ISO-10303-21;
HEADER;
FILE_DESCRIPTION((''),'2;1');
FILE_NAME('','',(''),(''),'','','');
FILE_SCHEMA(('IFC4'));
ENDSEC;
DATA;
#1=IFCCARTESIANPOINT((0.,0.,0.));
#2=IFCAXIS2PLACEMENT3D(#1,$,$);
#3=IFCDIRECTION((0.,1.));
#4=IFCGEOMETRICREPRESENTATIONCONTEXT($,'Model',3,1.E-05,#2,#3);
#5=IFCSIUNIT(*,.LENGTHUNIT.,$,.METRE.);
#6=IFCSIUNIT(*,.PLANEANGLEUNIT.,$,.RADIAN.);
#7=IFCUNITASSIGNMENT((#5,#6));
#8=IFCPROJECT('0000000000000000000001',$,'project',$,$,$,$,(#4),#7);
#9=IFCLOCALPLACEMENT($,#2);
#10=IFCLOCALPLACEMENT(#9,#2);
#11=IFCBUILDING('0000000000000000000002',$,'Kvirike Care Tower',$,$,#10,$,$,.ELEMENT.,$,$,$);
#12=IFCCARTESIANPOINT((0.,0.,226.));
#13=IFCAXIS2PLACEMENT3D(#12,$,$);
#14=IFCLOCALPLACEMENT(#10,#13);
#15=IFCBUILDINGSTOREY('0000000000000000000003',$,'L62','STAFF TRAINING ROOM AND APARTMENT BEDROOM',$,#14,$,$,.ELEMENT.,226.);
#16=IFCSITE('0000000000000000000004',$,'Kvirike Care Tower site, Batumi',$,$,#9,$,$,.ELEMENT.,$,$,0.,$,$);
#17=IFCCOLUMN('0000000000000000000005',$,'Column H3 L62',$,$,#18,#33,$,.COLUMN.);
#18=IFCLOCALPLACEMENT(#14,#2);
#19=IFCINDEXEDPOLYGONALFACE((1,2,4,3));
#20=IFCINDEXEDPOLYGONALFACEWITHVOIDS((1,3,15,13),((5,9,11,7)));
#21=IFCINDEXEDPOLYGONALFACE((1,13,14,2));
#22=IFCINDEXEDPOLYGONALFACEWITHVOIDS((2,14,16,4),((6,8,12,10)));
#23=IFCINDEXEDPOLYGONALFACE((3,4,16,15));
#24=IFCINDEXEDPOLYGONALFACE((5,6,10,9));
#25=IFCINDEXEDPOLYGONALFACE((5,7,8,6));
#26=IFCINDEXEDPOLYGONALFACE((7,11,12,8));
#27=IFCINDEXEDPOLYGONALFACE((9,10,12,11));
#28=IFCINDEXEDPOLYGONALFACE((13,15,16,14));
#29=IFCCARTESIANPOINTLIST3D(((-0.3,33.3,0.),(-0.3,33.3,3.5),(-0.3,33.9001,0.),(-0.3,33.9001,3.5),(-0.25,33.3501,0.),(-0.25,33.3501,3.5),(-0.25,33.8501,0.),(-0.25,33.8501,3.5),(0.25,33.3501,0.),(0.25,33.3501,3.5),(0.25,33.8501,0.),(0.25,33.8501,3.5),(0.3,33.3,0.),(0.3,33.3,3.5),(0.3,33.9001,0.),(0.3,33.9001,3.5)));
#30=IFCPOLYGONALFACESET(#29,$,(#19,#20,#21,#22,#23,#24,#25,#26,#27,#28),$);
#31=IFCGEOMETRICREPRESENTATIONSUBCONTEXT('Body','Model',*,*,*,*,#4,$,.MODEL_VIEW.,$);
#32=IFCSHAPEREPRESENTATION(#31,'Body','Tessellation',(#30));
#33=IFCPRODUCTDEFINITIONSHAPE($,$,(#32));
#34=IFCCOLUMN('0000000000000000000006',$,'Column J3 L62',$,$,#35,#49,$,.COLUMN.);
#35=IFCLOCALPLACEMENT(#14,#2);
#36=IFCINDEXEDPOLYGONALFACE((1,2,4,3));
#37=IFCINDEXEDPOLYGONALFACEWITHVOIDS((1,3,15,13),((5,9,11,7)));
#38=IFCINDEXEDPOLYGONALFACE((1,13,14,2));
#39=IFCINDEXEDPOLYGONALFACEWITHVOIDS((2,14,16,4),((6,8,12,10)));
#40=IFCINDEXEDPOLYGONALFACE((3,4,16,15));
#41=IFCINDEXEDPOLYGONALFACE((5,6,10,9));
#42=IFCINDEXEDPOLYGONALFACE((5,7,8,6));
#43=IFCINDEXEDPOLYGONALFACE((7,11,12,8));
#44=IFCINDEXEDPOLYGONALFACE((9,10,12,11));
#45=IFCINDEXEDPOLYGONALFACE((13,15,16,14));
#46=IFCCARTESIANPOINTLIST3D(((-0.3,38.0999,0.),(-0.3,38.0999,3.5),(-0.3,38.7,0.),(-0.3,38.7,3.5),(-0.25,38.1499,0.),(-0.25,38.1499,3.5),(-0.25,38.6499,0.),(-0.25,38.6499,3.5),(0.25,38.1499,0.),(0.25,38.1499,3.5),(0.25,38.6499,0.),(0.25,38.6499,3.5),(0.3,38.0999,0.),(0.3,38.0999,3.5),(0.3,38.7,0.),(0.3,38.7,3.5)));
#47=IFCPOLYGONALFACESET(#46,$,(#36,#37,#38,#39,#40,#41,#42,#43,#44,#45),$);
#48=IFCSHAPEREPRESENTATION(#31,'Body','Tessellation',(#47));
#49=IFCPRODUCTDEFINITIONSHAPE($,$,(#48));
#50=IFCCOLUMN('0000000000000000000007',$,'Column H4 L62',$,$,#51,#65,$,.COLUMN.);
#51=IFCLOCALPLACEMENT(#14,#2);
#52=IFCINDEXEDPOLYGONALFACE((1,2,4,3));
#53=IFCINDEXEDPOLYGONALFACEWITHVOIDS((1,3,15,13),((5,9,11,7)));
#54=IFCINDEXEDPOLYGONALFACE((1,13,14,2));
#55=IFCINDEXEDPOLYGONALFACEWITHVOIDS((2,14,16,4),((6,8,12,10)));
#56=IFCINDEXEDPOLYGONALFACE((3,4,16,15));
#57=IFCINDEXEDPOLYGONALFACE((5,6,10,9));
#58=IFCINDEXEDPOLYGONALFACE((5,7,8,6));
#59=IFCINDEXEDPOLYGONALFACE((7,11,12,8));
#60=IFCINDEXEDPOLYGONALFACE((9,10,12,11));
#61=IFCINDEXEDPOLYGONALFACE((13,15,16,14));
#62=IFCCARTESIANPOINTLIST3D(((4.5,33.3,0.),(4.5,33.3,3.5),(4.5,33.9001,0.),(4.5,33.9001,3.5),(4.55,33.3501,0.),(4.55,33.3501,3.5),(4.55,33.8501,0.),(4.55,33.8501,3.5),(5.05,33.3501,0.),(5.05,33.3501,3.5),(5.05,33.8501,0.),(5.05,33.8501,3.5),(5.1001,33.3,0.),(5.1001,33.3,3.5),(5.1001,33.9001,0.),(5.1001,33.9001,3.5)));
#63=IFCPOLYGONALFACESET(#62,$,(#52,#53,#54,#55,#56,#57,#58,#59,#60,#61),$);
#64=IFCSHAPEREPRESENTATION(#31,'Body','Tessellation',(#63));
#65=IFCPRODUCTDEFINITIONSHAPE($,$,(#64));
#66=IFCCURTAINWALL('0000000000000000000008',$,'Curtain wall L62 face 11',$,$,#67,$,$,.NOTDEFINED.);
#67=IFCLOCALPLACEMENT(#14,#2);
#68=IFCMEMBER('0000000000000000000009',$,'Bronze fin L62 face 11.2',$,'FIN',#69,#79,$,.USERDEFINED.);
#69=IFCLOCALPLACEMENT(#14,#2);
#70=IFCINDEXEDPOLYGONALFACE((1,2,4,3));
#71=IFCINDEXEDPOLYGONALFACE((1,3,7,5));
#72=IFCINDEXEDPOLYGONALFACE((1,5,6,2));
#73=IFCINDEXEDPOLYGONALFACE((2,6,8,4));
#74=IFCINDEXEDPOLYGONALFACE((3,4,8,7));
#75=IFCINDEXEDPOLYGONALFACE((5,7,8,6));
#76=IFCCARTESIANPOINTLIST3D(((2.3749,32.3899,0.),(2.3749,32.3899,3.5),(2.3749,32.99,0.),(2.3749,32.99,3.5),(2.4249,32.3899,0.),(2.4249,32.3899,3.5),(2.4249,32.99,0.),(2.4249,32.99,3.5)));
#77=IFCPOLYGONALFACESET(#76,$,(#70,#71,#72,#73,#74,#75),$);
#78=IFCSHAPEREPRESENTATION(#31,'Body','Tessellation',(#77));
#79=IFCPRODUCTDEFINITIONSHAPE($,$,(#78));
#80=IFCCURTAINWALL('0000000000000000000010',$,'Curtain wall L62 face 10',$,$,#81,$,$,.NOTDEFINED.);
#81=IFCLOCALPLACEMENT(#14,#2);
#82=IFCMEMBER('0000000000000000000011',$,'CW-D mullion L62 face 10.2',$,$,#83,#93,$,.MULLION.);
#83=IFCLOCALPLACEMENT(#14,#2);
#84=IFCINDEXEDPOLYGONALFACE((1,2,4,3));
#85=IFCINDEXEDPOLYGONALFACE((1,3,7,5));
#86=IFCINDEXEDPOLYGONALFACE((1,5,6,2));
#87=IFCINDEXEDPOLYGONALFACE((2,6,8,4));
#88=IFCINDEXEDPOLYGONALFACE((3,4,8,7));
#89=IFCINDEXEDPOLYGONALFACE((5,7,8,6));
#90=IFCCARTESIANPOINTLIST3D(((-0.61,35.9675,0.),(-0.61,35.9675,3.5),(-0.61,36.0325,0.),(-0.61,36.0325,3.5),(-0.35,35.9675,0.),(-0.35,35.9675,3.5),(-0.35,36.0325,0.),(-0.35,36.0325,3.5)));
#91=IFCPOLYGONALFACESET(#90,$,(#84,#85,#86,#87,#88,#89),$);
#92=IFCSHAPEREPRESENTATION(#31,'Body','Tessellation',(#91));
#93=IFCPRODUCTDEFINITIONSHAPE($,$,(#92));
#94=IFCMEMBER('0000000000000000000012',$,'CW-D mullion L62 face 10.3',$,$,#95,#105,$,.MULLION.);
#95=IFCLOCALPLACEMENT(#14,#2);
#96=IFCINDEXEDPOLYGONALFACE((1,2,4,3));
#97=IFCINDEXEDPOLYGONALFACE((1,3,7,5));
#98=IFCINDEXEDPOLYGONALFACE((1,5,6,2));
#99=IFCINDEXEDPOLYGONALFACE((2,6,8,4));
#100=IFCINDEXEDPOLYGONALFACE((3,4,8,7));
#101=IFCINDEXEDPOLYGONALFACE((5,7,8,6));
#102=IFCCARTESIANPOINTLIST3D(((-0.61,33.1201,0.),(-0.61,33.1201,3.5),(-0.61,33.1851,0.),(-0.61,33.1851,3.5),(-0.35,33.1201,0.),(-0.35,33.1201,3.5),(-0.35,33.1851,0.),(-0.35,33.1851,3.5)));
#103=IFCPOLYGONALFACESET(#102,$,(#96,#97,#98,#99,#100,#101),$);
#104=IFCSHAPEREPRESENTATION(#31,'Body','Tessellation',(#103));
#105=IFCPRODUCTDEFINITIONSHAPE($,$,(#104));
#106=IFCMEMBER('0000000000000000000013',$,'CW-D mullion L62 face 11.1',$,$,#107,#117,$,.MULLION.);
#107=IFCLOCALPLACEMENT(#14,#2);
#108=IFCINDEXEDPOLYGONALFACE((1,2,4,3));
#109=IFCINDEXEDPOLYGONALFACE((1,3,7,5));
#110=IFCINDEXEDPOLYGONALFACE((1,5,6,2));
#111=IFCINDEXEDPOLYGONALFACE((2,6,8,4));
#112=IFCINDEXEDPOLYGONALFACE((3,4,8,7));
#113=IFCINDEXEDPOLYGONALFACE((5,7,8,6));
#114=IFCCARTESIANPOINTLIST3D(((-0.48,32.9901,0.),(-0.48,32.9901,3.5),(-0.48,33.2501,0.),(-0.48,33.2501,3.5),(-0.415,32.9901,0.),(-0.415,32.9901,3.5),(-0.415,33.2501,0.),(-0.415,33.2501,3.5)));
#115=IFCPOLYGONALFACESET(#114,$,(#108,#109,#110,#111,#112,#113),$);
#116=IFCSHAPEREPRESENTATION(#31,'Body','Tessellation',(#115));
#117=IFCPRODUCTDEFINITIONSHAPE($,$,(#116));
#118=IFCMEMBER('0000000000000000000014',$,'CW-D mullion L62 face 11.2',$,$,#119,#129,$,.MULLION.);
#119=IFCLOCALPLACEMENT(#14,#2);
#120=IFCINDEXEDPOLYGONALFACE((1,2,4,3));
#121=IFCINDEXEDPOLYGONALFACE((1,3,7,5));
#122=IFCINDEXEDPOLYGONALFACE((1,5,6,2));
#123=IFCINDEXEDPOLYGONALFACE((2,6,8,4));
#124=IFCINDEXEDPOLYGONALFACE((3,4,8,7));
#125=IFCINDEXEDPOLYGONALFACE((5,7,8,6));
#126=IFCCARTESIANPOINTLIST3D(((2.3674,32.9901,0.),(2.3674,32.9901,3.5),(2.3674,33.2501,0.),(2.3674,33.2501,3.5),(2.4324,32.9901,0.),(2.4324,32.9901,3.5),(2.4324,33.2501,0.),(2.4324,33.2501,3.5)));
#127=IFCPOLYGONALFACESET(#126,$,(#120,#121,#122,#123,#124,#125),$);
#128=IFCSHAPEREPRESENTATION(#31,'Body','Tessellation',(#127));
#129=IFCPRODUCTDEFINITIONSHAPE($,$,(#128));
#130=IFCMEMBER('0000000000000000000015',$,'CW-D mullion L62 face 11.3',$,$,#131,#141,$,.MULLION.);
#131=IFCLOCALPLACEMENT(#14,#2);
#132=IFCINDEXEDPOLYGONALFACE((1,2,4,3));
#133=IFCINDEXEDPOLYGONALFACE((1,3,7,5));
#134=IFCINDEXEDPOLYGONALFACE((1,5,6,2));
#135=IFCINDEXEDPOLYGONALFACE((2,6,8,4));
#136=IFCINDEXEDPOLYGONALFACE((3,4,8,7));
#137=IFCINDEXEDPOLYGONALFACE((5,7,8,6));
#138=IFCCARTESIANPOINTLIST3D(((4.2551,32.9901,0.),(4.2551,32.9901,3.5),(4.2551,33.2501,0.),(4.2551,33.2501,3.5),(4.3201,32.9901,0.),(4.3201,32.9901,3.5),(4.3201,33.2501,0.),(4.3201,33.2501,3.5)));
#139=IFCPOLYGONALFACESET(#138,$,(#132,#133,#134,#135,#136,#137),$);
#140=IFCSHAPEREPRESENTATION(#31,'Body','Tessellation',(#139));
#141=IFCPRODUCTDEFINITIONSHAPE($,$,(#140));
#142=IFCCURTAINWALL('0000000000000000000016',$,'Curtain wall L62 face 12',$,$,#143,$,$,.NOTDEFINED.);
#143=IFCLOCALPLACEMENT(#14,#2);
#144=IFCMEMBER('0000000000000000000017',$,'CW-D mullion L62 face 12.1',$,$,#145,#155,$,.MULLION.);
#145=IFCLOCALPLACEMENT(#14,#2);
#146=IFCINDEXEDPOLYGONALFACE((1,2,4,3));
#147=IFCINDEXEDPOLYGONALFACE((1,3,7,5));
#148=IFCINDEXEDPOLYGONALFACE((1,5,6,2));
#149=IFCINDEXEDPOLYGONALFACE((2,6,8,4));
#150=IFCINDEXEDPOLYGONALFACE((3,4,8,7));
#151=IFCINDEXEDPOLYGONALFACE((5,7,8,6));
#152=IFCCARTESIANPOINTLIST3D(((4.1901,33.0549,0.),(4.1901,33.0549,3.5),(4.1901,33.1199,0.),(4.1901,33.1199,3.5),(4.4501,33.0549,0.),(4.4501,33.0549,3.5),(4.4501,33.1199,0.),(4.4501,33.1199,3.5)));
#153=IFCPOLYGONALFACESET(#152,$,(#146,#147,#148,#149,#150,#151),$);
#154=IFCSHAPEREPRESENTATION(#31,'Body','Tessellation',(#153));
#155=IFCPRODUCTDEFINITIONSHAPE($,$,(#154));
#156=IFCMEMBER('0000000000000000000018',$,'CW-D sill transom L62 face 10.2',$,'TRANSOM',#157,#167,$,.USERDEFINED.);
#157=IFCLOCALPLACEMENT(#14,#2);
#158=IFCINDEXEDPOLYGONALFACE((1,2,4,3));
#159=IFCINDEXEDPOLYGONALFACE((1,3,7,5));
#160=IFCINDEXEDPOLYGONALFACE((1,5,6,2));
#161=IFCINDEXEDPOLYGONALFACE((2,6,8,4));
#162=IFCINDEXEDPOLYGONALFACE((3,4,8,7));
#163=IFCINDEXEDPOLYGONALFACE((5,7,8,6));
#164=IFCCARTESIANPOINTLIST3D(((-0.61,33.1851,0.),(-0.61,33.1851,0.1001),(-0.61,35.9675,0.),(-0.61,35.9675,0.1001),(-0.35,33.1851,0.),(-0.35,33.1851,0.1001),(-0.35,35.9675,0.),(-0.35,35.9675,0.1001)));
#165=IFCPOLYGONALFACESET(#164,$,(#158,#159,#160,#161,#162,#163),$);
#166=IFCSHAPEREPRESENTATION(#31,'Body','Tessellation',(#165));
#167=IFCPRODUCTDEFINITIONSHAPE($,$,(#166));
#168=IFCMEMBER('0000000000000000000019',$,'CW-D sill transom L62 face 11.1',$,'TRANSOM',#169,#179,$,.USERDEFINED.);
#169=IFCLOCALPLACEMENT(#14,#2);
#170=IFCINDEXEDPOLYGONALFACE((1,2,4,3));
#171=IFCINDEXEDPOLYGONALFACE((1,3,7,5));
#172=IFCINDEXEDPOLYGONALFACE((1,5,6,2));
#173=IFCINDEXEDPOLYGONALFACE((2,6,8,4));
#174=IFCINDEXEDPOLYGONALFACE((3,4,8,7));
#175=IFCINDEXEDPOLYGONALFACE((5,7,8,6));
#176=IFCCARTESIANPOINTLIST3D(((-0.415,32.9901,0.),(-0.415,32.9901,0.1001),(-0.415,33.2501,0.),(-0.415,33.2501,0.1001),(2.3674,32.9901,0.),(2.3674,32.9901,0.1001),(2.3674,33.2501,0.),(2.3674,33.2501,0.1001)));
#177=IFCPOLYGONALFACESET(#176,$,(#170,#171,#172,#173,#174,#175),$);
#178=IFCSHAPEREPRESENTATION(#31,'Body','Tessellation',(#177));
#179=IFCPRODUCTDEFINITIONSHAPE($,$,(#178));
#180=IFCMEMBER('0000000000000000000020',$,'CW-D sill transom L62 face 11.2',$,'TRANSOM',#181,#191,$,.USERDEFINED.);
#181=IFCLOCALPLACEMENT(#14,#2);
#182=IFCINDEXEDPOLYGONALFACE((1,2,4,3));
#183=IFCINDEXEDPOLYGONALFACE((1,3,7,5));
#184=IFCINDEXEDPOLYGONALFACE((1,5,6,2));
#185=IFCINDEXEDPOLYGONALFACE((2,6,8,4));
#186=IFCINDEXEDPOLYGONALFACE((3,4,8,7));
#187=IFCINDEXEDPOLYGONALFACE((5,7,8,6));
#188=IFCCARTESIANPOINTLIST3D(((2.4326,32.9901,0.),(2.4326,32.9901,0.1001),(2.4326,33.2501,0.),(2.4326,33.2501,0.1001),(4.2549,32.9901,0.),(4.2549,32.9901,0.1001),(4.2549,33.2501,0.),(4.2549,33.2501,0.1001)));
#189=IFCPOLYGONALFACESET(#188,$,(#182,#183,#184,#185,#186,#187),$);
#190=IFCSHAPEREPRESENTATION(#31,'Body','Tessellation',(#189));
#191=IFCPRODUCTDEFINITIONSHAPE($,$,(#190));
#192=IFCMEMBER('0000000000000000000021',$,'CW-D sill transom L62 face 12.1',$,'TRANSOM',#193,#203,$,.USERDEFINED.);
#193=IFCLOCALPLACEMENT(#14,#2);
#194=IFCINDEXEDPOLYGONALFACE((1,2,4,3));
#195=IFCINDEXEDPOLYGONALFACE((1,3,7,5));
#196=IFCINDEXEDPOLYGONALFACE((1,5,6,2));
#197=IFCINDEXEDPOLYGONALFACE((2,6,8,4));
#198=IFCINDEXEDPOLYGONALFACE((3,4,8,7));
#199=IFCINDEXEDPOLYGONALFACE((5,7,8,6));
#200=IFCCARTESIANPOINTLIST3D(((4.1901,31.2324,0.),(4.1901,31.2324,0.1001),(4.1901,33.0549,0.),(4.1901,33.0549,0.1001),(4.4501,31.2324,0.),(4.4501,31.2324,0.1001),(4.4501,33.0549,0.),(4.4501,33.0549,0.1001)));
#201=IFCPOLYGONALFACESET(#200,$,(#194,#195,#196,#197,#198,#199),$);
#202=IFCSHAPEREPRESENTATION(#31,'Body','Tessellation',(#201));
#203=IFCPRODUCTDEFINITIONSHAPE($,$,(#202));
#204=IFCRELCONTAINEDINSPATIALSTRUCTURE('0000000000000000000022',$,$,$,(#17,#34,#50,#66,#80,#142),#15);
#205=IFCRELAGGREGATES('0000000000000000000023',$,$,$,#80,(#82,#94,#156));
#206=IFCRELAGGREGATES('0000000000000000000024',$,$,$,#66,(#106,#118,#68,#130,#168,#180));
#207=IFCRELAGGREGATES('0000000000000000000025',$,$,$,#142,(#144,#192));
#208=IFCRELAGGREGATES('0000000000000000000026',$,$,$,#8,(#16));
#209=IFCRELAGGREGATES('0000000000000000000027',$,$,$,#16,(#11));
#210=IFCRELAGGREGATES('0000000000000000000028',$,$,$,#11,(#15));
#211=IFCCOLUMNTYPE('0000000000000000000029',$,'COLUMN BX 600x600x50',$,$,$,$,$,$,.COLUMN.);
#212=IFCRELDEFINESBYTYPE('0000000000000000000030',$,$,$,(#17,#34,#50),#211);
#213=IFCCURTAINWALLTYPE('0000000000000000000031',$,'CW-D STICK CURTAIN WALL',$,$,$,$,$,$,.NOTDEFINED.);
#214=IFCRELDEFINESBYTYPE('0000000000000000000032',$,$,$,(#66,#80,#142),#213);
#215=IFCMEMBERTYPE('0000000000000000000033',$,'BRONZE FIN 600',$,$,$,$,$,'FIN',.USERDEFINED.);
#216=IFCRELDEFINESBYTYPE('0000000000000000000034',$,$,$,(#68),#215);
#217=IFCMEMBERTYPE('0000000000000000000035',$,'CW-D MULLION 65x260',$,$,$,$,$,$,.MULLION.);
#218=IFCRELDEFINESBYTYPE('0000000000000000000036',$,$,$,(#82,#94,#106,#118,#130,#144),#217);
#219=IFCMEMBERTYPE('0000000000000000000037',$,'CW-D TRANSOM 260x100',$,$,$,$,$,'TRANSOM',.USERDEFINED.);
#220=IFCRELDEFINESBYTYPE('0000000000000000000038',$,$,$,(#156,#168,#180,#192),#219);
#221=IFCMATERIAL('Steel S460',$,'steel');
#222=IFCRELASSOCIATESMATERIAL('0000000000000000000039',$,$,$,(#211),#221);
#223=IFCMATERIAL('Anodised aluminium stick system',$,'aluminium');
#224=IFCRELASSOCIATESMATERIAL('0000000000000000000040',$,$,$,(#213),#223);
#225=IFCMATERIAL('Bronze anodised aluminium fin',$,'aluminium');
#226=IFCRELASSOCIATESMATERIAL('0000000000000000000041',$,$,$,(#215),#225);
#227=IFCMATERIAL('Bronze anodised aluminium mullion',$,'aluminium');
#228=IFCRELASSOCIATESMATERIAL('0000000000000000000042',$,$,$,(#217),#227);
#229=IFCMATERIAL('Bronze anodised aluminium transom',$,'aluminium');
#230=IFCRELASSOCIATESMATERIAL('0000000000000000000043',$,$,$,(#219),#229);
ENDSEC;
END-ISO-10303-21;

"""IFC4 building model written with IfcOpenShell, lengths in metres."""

from ifc_helpers import new_model, si_unit, direction, frame, origin, origin_2d, place, context, subcontext, project, spatial, rectangle, hollow_rectangle, extrude, material, material_profile, profile_set, type_object, element, aggregate, save


model = new_model("IFC4")

# Units and contexts
model_context = context("Model", 3, precision=1e-05, world=origin(), true_north=direction((0.0, 1.0)))
body_context = subcontext(model_context, "Body", "Model", "MODEL_VIEW")
ifc_project = project(units=[si_unit("LENGTHUNIT", "METRE"), si_unit("PLANEANGLEUNIT", "RADIAN")], contexts=[model_context])

# Site, building, storey
site_placement = place(None, origin())
site = spatial("IfcSite", under=ifc_project, at=site_placement, Name="Kvirike Care Tower site, Batumi", CompositionType="ELEMENT", RefElevation=0.0)
building_placement = place(site_placement, origin())
building = spatial("IfcBuilding", under=site, at=building_placement, Name="Kvirike Care Tower", CompositionType="ELEMENT")
storey_placement = place(building_placement, frame((0.0, 0.0, 226.0)))
storey = spatial("IfcBuildingStorey", under=building, at=storey_placement, Name="L62", Description="STAFF TRAINING ROOM AND APARTMENT BEDROOM", CompositionType="ELEMENT", Elevation=226.0)

# Columns
ifc_material_1 = material(Name="Steel S460", Category="steel")
ifc_material_profile_1 = material_profile(ifc_material_1, hollow_rectangle(XDim=0.6001, YDim=0.6001, WallThickness=0.05, at=origin_2d()), Name="BX 600x600x50")
ifc_profile_set_1 = profile_set([ifc_material_profile_1], Name="Steel S460")
column_type = type_object("IfcColumnType", Name="COLUMN BX 600x600x50", PredefinedType="COLUMN", material=ifc_profile_set_1)
for number, where, z_axis, x_axis, name in (
    (1, (0.0, 33.6001, 0.0), (0.0, 0.0, 1.0), (0.0, 1.0, 0.0), "Column H3 L62"),
    (2, (0.0, 38.3999, 0.0), (0.0, 0.0, 1.0), (0.0, 1.0, 0.0), "Column J3 L62"),
    (3, (4.8, 33.6001, 0.0), (0.0, 0.0, 1.0), (0.0, 1.0, 0.0), "Column H4 L62"),
):
    element("IfcColumn", number, at=place(storey_placement, frame(where, z_axis=z_axis, x_axis=x_axis)), inside=storey, type_object=column_type, Name=name, PredefinedType="COLUMN", context=body_context, shape_type="SweptSolid", body=[
        extrude(hollow_rectangle(XDim=0.6001, YDim=0.6001, WallThickness=0.05, at=origin_2d()), origin(), (0.0, 0.0, 1.0), 3.5),
    ])

# Curtain wall, member
ifc_material_2 = material(Name="Anodised aluminium stick system", Category="aluminium")
curtain_wall_type = type_object("IfcCurtainWallType", Name="CW-D STICK CURTAIN WALL", PredefinedType="NOTDEFINED", material=ifc_material_2)
curtain_wall_1_placement = place(storey_placement, origin())
curtain_wall_1 = element("IfcCurtainWall", 4, at=curtain_wall_1_placement, inside=storey, type_object=curtain_wall_type, Name="Curtain wall L62 face 11", PredefinedType="NOTDEFINED")
ifc_material_3 = material(Name="Bronze anodised aluminium fin", Category="aluminium")
ifc_material_profile_2 = material_profile(ifc_material_3, rectangle(XDim=0.05, YDim=0.6001, at=origin_2d()), Name="BRONZE FIN 600")
ifc_profile_set_2 = profile_set([ifc_material_profile_2], Name="Bronze anodised aluminium fin")
member_type_1 = type_object("IfcMemberType", Name="BRONZE FIN 600", ElementType="FIN", PredefinedType="USERDEFINED", material=ifc_profile_set_2)
member_1_placement = place(storey_placement, frame((2.3999, 32.6899, 0.0), z_axis=(0.0, 0.0, 1.0), x_axis=(1.0, 0.0, 0.0)))
member_1 = element("IfcMember", 5, at=member_1_placement, type_object=member_type_1, Name="Bronze fin L62 face 11.2", ObjectType="FIN", PredefinedType="USERDEFINED", context=body_context, shape_type="SweptSolid", body=[
    extrude(rectangle(XDim=0.05, YDim=0.6001, at=origin_2d()), origin(), (0.0, 0.0, 1.0), 3.5),
])

# Curtain wall, members
curtain_wall_2_placement = place(storey_placement, origin())
curtain_wall_2 = element("IfcCurtainWall", 6, at=curtain_wall_2_placement, inside=storey, type_object=curtain_wall_type, Name="Curtain wall L62 face 10", PredefinedType="NOTDEFINED")
ifc_material_4 = material(Name="Bronze anodised aluminium mullion", Category="aluminium")
ifc_material_profile_3 = material_profile(ifc_material_4, rectangle(XDim=0.0649, YDim=0.26, at=origin_2d()), Name="CW-D MULLION 65x260")
ifc_profile_set_3 = profile_set([ifc_material_profile_3], Name="Bronze anodised aluminium mullion")
member_type_2 = type_object("IfcMemberType", Name="CW-D MULLION 65x260", PredefinedType="MULLION", material=ifc_profile_set_3)
member_2_placement = place(storey_placement, frame((-0.48, 36.0, 0.0), z_axis=(0.0, 0.0, 1.0), x_axis=(0.0, -1.0, 0.0)))
member_2 = element("IfcMember", 7, at=member_2_placement, type_object=member_type_2, Name="CW-D mullion L62 face 10.2", PredefinedType="MULLION", context=body_context, shape_type="SweptSolid", body=[
    extrude(rectangle(XDim=0.0649, YDim=0.26, at=origin_2d()), origin(), (0.0, 0.0, 1.0), 3.5),
])
member_3_placement = place(storey_placement, frame((-0.48, 33.1526, 0.0), z_axis=(0.0, 0.0, 1.0), x_axis=(0.0, -1.0, 0.0)))
member_3 = element("IfcMember", 8, at=member_3_placement, type_object=member_type_2, Name="CW-D mullion L62 face 10.3", PredefinedType="MULLION", context=body_context, shape_type="SweptSolid", body=[
    extrude(rectangle(XDim=0.0649, YDim=0.26, at=origin_2d()), origin(), (0.0, 0.0, 1.0), 3.5),
])

# Members
member_4_placement = place(storey_placement, frame((-0.4475, 33.1201, 0.0), z_axis=(0.0, 0.0, 1.0), x_axis=(1.0, 0.0, 0.0)))
member_4 = element("IfcMember", 9, at=member_4_placement, type_object=member_type_2, Name="CW-D mullion L62 face 11.1", PredefinedType="MULLION", context=body_context, shape_type="SweptSolid", body=[
    extrude(rectangle(XDim=0.0649, YDim=0.26, at=origin_2d()), origin(), (0.0, 0.0, 1.0), 3.5),
])
member_5_placement = place(storey_placement, frame((2.3999, 33.1201, 0.0), z_axis=(0.0, 0.0, 1.0), x_axis=(1.0, 0.0, 0.0)))
member_5 = element("IfcMember", 10, at=member_5_placement, type_object=member_type_2, Name="CW-D mullion L62 face 11.2", PredefinedType="MULLION", context=body_context, shape_type="SweptSolid", body=[
    extrude(rectangle(XDim=0.0649, YDim=0.26, at=origin_2d()), origin(), (0.0, 0.0, 1.0), 3.5),
])
member_6_placement = place(storey_placement, frame((4.2876, 33.1201, 0.0), z_axis=(0.0, 0.0, 1.0), x_axis=(1.0, 0.0, 0.0)))
member_6 = element("IfcMember", 11, at=member_6_placement, type_object=member_type_2, Name="CW-D mullion L62 face 11.3", PredefinedType="MULLION", context=body_context, shape_type="SweptSolid", body=[
    extrude(rectangle(XDim=0.0649, YDim=0.26, at=origin_2d()), origin(), (0.0, 0.0, 1.0), 3.5),
])

# Curtain wall, member
curtain_wall_3_placement = place(storey_placement, origin())
curtain_wall_3 = element("IfcCurtainWall", 12, at=curtain_wall_3_placement, inside=storey, type_object=curtain_wall_type, Name="Curtain wall L62 face 12", PredefinedType="NOTDEFINED")
member_7_placement = place(storey_placement, frame((4.3201, 33.0874, 0.0), z_axis=(0.0, 0.0, 1.0), x_axis=(0.0, -1.0, 0.0)))
member_7 = element("IfcMember", 13, at=member_7_placement, type_object=member_type_2, Name="CW-D mullion L62 face 12.1", PredefinedType="MULLION", context=body_context, shape_type="SweptSolid", body=[
    extrude(rectangle(XDim=0.0649, YDim=0.26, at=origin_2d()), origin(), (0.0, 0.0, 1.0), 3.5),
])

# Members
ifc_material_5 = material(Name="Bronze anodised aluminium transom", Category="aluminium")
ifc_material_profile_4 = material_profile(ifc_material_5, rectangle(XDim=0.26, YDim=0.1001, at=origin_2d()), Name="CW-D TRANSOM 260x100")
ifc_profile_set_4 = profile_set([ifc_material_profile_4], Name="Bronze anodised aluminium transom")
member_type_3 = type_object("IfcMemberType", Name="CW-D TRANSOM 260x100", ElementType="TRANSOM", PredefinedType="USERDEFINED", material=ifc_profile_set_4)
member_8_placement = place(storey_placement, frame((-0.48, 35.9675, 0.05), z_axis=(0.0, -1.0, 0.0), x_axis=(1.0, 0.0, 0.0)))
member_8 = element("IfcMember", 14, at=member_8_placement, type_object=member_type_3, Name="CW-D sill transom L62 face 10.2", ObjectType="TRANSOM", PredefinedType="USERDEFINED", context=body_context, shape_type="SweptSolid", body=[
    extrude(rectangle(XDim=0.26, YDim=0.1001, at=origin_2d()), origin(), (0.0, 0.0, 1.0), 2.7825),
])
member_9_placement = place(storey_placement, frame((-0.415, 33.1201, 0.05), z_axis=(1.0, 0.0, 0.0), x_axis=(0.0, 1.0, 0.0)))
member_9 = element("IfcMember", 15, at=member_9_placement, type_object=member_type_3, Name="CW-D sill transom L62 face 11.1", ObjectType="TRANSOM", PredefinedType="USERDEFINED", context=body_context, shape_type="SweptSolid", body=[
    extrude(rectangle(XDim=0.26, YDim=0.1001, at=origin_2d()), origin(), (0.0, 0.0, 1.0), 2.7825),
])
member_10_placement = place(storey_placement, frame((2.4326, 33.1201, 0.05), z_axis=(1.0, 0.0, 0.0), x_axis=(0.0, 1.0, 0.0)))
member_10 = element("IfcMember", 16, at=member_10_placement, type_object=member_type_3, Name="CW-D sill transom L62 face 11.2", ObjectType="TRANSOM", PredefinedType="USERDEFINED", context=body_context, shape_type="SweptSolid", body=[
    extrude(rectangle(XDim=0.26, YDim=0.1001, at=origin_2d()), origin(), (0.0, 0.0, 1.0), 1.8223),
])
member_11_placement = place(storey_placement, frame((4.3201, 33.0549, 0.05), z_axis=(0.0, -1.0, 0.0), x_axis=(1.0, 0.0, 0.0)))
member_11 = element("IfcMember", 17, at=member_11_placement, type_object=member_type_3, Name="CW-D sill transom L62 face 12.1", ObjectType="TRANSOM", PredefinedType="USERDEFINED", context=body_context, shape_type="SweptSolid", body=[
    extrude(rectangle(XDim=0.26, YDim=0.1001, at=origin_2d()), origin(), (0.0, 0.0, 1.0), 1.8225),
])

aggregate(curtain_wall_2, [member_2, member_3, member_8])
aggregate(curtain_wall_1, [member_4, member_5, member_1, member_6, member_9, member_10])
aggregate(curtain_wall_3, [member_7, member_11])

save(model, "model.ifc")
